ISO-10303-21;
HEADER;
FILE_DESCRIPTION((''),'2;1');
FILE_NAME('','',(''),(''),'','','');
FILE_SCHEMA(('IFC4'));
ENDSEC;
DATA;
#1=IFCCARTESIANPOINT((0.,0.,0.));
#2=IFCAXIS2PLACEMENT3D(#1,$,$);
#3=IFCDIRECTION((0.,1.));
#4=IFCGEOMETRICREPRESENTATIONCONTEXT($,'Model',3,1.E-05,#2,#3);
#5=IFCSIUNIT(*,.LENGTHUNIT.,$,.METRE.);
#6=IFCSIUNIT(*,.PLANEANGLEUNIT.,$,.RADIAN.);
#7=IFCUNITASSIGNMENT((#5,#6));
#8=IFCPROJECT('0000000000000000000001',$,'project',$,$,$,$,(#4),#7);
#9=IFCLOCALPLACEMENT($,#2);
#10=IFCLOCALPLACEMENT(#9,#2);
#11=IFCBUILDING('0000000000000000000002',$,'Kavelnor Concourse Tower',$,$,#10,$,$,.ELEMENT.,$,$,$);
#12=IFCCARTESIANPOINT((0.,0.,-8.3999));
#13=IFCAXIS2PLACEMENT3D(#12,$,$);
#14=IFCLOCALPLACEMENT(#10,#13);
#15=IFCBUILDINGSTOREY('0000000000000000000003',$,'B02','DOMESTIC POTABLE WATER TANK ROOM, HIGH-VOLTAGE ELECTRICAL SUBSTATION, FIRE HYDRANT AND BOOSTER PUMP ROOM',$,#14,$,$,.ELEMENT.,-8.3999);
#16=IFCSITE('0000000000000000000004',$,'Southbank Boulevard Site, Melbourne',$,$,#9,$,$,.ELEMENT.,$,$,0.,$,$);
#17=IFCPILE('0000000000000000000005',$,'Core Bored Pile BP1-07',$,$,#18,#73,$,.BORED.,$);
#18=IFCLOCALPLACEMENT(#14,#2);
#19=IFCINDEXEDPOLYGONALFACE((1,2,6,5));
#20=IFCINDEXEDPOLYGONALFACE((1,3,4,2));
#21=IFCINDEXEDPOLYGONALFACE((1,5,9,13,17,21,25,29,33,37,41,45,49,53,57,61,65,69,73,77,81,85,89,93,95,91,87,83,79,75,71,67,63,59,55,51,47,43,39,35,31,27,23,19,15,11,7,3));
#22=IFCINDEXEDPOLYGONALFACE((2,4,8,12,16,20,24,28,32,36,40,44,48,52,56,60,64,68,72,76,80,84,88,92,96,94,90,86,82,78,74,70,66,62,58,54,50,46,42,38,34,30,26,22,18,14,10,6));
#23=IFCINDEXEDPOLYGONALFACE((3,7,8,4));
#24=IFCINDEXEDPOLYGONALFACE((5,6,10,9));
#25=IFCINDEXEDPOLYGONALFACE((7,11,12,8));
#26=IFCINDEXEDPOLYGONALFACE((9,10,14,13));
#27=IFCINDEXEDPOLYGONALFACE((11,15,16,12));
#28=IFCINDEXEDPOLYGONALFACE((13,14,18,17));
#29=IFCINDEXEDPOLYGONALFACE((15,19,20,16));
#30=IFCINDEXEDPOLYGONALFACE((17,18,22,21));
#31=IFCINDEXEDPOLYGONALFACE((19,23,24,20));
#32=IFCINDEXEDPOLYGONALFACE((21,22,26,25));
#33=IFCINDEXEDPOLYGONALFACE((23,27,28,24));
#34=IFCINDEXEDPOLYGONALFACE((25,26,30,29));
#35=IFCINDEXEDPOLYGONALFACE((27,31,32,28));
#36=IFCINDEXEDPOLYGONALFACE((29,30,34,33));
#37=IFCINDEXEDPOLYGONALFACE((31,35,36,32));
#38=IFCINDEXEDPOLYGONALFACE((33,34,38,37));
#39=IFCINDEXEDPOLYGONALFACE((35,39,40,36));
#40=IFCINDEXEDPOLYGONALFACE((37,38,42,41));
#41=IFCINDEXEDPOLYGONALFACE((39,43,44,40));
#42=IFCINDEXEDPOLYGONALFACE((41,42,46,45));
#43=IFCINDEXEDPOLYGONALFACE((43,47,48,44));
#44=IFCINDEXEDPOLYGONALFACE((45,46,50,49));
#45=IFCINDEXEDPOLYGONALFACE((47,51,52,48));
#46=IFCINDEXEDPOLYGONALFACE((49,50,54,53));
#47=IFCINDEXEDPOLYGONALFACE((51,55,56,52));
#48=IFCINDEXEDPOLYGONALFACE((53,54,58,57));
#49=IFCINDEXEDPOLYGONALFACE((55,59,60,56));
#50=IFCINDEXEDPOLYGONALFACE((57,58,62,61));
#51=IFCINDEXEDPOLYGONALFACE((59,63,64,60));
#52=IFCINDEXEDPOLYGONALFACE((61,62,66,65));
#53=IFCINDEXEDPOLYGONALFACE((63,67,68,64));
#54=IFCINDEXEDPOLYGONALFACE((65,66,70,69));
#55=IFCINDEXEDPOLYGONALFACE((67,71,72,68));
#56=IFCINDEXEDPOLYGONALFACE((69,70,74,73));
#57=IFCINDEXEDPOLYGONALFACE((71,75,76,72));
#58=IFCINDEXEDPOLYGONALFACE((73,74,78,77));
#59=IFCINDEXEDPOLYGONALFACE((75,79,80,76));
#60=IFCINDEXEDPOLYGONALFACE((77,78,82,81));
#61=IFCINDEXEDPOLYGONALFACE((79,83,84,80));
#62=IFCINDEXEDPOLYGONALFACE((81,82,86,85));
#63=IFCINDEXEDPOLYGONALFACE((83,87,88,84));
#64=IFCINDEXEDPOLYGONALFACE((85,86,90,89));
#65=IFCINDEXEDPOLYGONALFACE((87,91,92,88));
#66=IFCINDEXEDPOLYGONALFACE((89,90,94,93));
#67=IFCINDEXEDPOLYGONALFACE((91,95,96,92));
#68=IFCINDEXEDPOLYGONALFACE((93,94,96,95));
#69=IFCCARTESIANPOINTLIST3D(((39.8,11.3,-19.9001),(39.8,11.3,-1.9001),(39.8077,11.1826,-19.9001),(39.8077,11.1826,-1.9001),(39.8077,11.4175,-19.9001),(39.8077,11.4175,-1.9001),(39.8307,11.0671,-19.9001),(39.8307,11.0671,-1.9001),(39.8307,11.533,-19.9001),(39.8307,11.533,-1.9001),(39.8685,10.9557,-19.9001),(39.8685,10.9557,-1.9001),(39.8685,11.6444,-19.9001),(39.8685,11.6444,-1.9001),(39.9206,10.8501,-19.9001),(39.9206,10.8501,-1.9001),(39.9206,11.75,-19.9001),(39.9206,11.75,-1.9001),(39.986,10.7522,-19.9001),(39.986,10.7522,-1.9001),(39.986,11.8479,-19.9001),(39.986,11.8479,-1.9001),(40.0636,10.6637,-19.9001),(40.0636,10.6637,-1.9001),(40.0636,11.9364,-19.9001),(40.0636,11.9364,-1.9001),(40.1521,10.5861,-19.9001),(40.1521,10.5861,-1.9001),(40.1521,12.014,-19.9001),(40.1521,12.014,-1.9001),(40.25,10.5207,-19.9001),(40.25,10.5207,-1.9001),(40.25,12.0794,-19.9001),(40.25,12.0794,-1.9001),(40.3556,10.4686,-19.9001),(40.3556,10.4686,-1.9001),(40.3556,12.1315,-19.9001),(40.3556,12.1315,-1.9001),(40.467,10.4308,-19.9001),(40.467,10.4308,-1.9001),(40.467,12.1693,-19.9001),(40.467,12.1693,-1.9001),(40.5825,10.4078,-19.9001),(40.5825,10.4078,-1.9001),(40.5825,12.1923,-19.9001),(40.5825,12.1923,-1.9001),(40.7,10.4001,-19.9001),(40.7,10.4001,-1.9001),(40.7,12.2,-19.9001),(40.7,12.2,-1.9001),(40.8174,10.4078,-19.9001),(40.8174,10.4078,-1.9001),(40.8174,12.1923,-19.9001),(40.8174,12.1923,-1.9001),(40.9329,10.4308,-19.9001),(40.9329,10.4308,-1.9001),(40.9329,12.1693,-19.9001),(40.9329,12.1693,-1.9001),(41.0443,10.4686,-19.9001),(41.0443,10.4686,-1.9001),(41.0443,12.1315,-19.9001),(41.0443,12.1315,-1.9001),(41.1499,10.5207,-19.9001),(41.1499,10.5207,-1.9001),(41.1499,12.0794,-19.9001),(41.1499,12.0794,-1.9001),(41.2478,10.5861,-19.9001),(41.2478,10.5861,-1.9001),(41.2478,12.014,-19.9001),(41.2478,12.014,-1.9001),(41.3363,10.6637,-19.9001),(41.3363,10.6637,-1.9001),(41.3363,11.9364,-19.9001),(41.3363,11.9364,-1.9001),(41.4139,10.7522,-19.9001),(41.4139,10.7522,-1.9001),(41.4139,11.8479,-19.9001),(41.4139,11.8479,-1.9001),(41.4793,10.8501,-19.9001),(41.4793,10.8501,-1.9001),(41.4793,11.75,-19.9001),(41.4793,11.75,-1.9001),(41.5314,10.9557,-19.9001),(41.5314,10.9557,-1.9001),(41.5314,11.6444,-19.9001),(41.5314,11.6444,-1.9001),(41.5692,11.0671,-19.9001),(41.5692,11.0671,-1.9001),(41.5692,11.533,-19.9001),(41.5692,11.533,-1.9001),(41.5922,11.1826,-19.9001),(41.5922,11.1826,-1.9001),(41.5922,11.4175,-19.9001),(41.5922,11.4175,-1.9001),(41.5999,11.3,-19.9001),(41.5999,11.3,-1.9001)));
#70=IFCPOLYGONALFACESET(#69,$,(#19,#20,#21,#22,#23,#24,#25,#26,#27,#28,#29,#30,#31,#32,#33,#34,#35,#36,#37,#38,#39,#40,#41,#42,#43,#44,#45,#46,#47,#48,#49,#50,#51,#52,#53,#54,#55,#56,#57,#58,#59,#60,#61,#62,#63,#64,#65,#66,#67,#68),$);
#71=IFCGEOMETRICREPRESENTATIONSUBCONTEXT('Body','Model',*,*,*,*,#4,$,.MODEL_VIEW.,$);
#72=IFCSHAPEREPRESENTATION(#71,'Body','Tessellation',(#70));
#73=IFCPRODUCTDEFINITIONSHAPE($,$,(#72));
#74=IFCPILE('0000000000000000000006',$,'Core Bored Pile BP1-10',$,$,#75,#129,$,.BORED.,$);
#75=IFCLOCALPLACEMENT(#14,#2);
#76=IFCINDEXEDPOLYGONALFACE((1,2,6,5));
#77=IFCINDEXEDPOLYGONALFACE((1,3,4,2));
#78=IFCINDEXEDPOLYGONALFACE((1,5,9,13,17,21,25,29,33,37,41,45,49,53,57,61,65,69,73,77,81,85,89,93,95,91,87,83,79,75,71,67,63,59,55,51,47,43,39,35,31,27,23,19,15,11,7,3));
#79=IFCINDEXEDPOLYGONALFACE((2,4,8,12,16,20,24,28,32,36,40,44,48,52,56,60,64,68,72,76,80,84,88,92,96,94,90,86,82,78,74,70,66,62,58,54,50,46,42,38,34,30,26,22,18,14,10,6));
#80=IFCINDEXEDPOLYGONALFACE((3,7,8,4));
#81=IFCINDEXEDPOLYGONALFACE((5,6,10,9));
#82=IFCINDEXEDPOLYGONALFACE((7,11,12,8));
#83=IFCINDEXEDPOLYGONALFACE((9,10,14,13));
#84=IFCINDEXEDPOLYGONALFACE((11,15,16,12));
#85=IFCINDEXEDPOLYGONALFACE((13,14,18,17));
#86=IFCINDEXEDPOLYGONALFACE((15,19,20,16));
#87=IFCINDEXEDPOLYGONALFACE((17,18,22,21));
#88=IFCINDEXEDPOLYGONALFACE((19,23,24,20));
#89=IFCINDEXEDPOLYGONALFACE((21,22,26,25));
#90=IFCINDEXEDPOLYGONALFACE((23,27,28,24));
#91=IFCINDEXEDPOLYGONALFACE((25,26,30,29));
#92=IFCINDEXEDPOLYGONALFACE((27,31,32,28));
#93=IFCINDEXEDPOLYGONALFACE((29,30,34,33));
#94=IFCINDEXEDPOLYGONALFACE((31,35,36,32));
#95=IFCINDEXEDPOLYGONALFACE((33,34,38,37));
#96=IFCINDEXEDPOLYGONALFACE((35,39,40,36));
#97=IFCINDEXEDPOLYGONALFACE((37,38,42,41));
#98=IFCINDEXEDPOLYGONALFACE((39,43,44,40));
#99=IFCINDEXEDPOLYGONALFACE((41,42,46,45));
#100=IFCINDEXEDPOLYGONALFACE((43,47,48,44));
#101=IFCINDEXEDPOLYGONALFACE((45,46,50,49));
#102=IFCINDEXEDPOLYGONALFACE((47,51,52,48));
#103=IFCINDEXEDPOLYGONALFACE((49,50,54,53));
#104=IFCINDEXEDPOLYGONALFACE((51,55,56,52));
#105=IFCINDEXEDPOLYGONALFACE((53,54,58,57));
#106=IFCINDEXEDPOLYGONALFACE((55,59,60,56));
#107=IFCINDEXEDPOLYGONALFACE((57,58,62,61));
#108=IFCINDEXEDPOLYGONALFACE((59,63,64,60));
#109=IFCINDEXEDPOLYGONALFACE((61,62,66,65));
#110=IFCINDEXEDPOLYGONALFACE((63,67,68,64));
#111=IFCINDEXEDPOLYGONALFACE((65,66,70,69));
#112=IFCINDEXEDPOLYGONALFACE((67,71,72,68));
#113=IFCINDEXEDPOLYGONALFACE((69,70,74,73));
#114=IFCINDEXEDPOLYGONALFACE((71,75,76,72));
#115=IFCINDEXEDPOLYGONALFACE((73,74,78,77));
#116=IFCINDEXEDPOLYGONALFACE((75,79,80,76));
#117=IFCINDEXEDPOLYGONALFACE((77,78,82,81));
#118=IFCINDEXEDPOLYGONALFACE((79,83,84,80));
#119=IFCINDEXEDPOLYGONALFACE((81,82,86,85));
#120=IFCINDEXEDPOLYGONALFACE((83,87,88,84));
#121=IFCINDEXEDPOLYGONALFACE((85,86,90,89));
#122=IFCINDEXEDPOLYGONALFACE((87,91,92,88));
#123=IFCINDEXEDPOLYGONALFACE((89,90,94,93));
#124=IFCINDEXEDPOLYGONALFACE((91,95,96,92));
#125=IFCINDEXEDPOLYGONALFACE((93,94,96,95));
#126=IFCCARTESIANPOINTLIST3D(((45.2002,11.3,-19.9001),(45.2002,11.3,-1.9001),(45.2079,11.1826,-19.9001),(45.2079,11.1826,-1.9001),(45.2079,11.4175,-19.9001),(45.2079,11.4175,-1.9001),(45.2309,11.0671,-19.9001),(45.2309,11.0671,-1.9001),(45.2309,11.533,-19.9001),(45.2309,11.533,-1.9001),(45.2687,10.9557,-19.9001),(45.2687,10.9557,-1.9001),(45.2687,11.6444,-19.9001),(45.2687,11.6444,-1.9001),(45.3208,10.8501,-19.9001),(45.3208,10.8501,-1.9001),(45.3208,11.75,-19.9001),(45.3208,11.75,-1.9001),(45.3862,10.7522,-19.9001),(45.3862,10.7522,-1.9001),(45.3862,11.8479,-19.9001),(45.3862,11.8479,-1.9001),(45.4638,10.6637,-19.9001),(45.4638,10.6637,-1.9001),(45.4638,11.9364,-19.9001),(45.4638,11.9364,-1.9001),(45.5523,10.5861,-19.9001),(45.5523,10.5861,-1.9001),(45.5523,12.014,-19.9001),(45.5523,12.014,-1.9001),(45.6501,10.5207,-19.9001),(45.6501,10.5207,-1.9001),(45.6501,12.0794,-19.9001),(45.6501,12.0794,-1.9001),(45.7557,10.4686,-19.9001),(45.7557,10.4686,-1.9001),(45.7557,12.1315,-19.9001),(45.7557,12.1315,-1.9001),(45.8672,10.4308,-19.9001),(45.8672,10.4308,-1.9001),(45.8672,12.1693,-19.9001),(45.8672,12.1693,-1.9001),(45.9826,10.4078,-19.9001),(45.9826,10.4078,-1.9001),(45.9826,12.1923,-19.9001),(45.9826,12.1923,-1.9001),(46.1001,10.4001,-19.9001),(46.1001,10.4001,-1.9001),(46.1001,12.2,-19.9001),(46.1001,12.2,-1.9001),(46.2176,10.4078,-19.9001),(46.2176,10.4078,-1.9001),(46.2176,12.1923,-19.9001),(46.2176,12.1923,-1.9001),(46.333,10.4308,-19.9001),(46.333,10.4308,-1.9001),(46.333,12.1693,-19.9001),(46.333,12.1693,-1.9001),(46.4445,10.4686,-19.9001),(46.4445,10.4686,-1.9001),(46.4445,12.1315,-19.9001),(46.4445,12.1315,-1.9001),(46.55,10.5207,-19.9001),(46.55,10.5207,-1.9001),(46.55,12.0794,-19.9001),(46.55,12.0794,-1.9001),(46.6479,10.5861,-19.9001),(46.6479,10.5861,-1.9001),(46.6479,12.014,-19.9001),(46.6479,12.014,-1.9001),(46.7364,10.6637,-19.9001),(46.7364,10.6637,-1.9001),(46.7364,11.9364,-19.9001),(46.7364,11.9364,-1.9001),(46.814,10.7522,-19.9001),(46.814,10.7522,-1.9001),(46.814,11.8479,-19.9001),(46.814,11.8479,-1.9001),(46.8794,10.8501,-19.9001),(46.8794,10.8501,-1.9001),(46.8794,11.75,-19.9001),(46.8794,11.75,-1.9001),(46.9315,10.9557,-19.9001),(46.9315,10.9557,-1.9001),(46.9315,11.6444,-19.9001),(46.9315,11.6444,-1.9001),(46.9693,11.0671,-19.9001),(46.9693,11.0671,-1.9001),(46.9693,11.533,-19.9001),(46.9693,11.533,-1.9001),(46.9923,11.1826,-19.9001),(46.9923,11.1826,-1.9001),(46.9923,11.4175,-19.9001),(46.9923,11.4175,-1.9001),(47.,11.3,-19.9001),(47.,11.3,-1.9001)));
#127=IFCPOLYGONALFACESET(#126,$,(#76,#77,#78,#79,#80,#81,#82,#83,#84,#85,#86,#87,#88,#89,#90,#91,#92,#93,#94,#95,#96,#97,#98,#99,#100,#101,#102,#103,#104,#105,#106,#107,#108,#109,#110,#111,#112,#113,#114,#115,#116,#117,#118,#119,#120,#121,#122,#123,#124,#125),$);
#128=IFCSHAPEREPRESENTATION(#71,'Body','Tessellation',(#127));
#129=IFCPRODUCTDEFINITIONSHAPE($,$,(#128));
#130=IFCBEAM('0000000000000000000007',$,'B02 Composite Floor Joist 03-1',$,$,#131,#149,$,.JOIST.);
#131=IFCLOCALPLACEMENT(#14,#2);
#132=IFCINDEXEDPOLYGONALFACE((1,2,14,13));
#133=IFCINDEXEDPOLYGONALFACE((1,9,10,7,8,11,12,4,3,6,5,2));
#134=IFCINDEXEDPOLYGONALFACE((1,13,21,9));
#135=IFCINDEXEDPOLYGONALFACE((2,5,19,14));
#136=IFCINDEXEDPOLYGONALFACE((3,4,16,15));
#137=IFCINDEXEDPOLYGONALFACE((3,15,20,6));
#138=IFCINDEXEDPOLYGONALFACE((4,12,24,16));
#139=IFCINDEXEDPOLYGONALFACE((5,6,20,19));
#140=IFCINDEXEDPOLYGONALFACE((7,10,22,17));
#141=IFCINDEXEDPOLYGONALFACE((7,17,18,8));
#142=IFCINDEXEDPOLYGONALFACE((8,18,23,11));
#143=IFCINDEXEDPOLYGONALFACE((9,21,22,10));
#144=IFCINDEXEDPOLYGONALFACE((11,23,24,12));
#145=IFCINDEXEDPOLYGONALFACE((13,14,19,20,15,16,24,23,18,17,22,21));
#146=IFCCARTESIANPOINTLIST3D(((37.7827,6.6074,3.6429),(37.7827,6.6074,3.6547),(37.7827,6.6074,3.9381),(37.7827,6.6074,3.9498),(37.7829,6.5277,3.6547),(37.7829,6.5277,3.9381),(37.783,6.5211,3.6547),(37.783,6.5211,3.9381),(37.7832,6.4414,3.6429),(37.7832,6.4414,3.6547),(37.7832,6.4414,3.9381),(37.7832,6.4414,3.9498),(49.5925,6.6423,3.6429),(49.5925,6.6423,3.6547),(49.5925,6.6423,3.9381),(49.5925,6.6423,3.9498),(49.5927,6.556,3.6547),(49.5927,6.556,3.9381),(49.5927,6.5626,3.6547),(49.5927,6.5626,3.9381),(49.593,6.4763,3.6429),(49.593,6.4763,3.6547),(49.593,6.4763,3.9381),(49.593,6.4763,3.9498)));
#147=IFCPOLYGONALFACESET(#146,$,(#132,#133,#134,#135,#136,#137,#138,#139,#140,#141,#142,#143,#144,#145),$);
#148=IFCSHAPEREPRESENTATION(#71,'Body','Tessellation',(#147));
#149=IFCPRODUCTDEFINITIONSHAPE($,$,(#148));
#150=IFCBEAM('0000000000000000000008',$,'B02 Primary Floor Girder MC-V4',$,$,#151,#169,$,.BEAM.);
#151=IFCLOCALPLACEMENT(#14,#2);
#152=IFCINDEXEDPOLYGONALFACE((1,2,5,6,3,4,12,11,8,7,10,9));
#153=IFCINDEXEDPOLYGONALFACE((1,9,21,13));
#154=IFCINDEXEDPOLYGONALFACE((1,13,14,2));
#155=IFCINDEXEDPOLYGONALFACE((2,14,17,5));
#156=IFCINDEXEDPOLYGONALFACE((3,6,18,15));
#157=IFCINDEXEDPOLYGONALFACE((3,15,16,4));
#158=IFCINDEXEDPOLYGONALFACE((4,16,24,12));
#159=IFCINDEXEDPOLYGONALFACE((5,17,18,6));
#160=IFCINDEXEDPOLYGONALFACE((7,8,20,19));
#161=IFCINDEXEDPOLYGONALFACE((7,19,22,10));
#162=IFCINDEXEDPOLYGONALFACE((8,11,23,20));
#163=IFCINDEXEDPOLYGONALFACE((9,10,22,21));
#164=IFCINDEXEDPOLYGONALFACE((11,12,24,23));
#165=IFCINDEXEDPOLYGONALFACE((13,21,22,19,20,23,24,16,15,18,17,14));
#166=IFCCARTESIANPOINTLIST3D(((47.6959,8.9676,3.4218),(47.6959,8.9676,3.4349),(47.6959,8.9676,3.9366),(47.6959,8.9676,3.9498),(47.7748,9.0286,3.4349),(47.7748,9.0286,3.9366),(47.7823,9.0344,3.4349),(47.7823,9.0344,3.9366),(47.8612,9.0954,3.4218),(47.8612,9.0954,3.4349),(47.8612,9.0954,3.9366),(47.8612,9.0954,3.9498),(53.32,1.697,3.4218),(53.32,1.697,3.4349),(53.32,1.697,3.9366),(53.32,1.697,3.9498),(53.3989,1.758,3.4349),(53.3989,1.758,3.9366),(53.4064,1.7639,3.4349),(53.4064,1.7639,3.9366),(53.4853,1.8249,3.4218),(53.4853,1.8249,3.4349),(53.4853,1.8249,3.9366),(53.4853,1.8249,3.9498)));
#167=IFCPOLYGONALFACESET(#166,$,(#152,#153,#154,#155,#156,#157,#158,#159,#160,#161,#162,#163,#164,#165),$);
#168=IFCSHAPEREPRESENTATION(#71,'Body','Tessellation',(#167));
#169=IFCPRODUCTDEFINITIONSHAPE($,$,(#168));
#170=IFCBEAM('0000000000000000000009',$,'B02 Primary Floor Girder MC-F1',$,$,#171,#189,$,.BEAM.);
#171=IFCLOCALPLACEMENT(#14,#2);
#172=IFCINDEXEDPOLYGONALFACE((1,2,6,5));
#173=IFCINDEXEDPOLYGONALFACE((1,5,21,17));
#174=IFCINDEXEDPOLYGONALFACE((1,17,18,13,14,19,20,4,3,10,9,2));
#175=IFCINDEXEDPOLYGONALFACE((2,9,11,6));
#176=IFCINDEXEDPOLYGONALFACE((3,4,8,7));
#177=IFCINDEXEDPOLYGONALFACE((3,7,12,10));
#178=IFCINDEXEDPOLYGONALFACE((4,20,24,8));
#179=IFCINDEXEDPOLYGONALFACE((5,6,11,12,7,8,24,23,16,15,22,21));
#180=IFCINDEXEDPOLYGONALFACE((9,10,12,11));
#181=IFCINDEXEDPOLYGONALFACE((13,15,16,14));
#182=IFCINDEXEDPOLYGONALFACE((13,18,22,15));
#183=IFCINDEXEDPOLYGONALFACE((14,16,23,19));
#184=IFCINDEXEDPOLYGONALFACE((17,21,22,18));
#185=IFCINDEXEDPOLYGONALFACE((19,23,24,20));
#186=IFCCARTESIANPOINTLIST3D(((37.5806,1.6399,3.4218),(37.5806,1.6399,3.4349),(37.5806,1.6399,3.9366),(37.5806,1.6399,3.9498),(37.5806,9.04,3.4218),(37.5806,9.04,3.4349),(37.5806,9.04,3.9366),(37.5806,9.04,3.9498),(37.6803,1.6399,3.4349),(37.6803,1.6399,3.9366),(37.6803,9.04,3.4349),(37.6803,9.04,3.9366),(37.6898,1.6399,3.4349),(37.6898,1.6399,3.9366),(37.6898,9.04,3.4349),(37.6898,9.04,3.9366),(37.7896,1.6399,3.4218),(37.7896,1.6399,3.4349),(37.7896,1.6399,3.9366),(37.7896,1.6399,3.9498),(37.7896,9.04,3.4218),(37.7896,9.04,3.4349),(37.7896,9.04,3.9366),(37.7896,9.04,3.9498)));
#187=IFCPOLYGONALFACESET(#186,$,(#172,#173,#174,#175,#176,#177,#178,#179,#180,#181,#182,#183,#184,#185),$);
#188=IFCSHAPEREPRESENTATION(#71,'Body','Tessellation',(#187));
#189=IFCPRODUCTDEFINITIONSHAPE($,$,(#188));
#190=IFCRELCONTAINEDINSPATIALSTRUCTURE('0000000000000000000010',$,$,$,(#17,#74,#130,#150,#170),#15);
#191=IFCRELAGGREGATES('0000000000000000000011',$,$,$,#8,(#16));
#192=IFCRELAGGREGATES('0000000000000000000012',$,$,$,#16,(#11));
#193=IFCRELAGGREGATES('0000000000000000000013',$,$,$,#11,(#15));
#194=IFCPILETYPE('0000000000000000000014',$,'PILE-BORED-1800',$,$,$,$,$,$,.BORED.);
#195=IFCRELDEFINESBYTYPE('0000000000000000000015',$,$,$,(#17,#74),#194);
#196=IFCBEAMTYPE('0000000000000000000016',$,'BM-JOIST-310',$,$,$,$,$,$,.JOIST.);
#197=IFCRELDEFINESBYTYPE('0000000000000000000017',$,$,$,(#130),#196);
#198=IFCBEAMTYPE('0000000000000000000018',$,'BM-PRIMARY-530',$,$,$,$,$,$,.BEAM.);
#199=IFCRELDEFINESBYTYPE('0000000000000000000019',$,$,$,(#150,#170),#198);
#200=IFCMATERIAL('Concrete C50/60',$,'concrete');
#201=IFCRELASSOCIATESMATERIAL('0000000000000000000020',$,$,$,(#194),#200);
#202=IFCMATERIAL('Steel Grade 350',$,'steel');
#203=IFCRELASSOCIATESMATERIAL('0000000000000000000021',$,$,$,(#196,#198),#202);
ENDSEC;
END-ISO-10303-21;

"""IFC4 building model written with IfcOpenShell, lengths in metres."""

from ifc_helpers import new_model, si_unit, direction, frame, origin, origin_2d, place, context, subcontext, project, spatial, circle, i_section, extrude, material, material_profile, profile_set, type_object, element, save


model = new_model("IFC4")

# Units and contexts
model_context = context("Model", 3, precision=1e-05, world=origin(), true_north=direction((0.0, 1.0)))
body_context = subcontext(model_context, "Body", "Model", "MODEL_VIEW")
ifc_project = project(units=[si_unit("LENGTHUNIT", "METRE"), si_unit("PLANEANGLEUNIT", "RADIAN")], contexts=[model_context])

# Site, building, storey
site_placement = place(None, origin())
site = spatial("IfcSite", under=ifc_project, at=site_placement, Name="Southbank Boulevard Site, Melbourne", CompositionType="ELEMENT", RefElevation=0.0)
building_placement = place(site_placement, origin())
building = spatial("IfcBuilding", under=site, at=building_placement, Name="Kavelnor Concourse Tower", CompositionType="ELEMENT")
storey_placement = place(building_placement, frame((0.0, 0.0, -8.3999)))
storey = spatial("IfcBuildingStorey", under=building, at=storey_placement, Name="B02", Description="DOMESTIC POTABLE WATER TANK ROOM, HIGH-VOLTAGE ELECTRICAL SUBSTATION, FIRE HYDRANT AND BOOSTER PUMP ROOM", CompositionType="ELEMENT", Elevation=-8.3999)

# Piles
ifc_material_1 = material(Name="Concrete C50/60", Category="concrete")
ifc_material_profile_1 = material_profile(ifc_material_1, circle(Radius=0.8999, at=origin_2d()), Name="PILE-D1800")
ifc_profile_set_1 = profile_set([ifc_material_profile_1], Name="Concrete C50/60")
pile_type = type_object("IfcPileType", Name="PILE-BORED-1800", PredefinedType="BORED", material=ifc_profile_set_1)
for number, where, z_axis, x_axis, name in (
    (1, (40.7, 11.3, -1.9001), (0.0, 0.0, -1.0), (1.0, 0.0, 0.0), "Core Bored Pile BP1-07"),
    (2, (46.1001, 11.3, -1.9001), (0.0, 0.0, -1.0), (1.0, 0.0, 0.0), "Core Bored Pile BP1-10"),
):
    element("IfcPile", number, at=place(storey_placement, frame(where, z_axis=z_axis, x_axis=x_axis)), inside=storey, type_object=pile_type, Name=name, PredefinedType="BORED", context=body_context, shape_type="SweptSolid", body=[
        extrude(circle(Radius=0.8999, at=origin_2d()), origin(), (0.0, 0.0, 1.0), 18.0),
    ])

# Beams
ifc_material_2 = material(Name="Steel Grade 350", Category="steel")
ifc_material_profile_2 = material_profile(ifc_material_2, i_section(OverallWidth=0.166, OverallDepth=0.3069, WebThickness=0.0066, FlangeThickness=0.0117, at=origin_2d()), Name="310UB46")
ifc_profile_set_2 = profile_set([ifc_material_profile_2], Name="Steel Grade 350")
beam_type_1 = type_object("IfcBeamType", Name="BM-JOIST-310", PredefinedType="JOIST", material=ifc_profile_set_2)
beam_1_placement = place(storey_placement, frame((37.783, 6.5244, 3.7964), z_axis=(0.999996, 0.002956, 0.0), x_axis=(-0.002956, 0.999996, 0.0)))
element("IfcBeam", 3, at=beam_1_placement, inside=storey, type_object=beam_type_1, Name="B02 Composite Floor Joist 03-1", PredefinedType="JOIST", context=body_context, shape_type="SweptSolid", body=[
    extrude(i_section(OverallWidth=0.166, OverallDepth=0.3069, WebThickness=0.0066, FlangeThickness=0.0117, at=origin_2d()), origin(), (0.0, 0.0, 1.0), 11.8098),
])
ifc_material_profile_3 = material_profile(ifc_material_2, i_section(OverallWidth=0.209, OverallDepth=0.5281, WebThickness=0.0095, FlangeThickness=0.0132, at=origin_2d()), Name="530UB82")
ifc_profile_set_3 = profile_set([ifc_material_profile_3], Name="Steel Grade 350")
beam_type_2 = type_object("IfcBeamType", Name="BM-PRIMARY-530", PredefinedType="BEAM", material=ifc_profile_set_3)
beam_2_placement = place(storey_placement, frame((47.7786, 9.0315, 3.6858), z_axis=(0.61185, -0.790974, 0.0), x_axis=(0.790974, 0.61185, 0.0)))
element("IfcBeam", 4, at=beam_2_placement, inside=storey, type_object=beam_type_2, Name="B02 Primary Floor Girder MC-V4", PredefinedType="BEAM", context=body_context, shape_type="SweptSolid", body=[
    extrude(i_section(OverallWidth=0.209, OverallDepth=0.5281, WebThickness=0.0095, FlangeThickness=0.0132, at=origin_2d()), origin(), (0.0, 0.0, 1.0), 9.1919),
])
beam_3_placement = place(storey_placement, frame((37.6851, 9.04, 3.6858), z_axis=(0.0, -1.0, 0.0), x_axis=(1.0, 0.0, 0.0)))
element("IfcBeam", 5, at=beam_3_placement, inside=storey, type_object=beam_type_2, Name="B02 Primary Floor Girder MC-F1", PredefinedType="BEAM", context=body_context, shape_type="SweptSolid", body=[
    extrude(i_section(OverallWidth=0.209, OverallDepth=0.5281, WebThickness=0.0095, FlangeThickness=0.0132, at=origin_2d()), origin(), (0.0, 0.0, 1.0), 7.4001),
])

save(model, "model.ifc")
